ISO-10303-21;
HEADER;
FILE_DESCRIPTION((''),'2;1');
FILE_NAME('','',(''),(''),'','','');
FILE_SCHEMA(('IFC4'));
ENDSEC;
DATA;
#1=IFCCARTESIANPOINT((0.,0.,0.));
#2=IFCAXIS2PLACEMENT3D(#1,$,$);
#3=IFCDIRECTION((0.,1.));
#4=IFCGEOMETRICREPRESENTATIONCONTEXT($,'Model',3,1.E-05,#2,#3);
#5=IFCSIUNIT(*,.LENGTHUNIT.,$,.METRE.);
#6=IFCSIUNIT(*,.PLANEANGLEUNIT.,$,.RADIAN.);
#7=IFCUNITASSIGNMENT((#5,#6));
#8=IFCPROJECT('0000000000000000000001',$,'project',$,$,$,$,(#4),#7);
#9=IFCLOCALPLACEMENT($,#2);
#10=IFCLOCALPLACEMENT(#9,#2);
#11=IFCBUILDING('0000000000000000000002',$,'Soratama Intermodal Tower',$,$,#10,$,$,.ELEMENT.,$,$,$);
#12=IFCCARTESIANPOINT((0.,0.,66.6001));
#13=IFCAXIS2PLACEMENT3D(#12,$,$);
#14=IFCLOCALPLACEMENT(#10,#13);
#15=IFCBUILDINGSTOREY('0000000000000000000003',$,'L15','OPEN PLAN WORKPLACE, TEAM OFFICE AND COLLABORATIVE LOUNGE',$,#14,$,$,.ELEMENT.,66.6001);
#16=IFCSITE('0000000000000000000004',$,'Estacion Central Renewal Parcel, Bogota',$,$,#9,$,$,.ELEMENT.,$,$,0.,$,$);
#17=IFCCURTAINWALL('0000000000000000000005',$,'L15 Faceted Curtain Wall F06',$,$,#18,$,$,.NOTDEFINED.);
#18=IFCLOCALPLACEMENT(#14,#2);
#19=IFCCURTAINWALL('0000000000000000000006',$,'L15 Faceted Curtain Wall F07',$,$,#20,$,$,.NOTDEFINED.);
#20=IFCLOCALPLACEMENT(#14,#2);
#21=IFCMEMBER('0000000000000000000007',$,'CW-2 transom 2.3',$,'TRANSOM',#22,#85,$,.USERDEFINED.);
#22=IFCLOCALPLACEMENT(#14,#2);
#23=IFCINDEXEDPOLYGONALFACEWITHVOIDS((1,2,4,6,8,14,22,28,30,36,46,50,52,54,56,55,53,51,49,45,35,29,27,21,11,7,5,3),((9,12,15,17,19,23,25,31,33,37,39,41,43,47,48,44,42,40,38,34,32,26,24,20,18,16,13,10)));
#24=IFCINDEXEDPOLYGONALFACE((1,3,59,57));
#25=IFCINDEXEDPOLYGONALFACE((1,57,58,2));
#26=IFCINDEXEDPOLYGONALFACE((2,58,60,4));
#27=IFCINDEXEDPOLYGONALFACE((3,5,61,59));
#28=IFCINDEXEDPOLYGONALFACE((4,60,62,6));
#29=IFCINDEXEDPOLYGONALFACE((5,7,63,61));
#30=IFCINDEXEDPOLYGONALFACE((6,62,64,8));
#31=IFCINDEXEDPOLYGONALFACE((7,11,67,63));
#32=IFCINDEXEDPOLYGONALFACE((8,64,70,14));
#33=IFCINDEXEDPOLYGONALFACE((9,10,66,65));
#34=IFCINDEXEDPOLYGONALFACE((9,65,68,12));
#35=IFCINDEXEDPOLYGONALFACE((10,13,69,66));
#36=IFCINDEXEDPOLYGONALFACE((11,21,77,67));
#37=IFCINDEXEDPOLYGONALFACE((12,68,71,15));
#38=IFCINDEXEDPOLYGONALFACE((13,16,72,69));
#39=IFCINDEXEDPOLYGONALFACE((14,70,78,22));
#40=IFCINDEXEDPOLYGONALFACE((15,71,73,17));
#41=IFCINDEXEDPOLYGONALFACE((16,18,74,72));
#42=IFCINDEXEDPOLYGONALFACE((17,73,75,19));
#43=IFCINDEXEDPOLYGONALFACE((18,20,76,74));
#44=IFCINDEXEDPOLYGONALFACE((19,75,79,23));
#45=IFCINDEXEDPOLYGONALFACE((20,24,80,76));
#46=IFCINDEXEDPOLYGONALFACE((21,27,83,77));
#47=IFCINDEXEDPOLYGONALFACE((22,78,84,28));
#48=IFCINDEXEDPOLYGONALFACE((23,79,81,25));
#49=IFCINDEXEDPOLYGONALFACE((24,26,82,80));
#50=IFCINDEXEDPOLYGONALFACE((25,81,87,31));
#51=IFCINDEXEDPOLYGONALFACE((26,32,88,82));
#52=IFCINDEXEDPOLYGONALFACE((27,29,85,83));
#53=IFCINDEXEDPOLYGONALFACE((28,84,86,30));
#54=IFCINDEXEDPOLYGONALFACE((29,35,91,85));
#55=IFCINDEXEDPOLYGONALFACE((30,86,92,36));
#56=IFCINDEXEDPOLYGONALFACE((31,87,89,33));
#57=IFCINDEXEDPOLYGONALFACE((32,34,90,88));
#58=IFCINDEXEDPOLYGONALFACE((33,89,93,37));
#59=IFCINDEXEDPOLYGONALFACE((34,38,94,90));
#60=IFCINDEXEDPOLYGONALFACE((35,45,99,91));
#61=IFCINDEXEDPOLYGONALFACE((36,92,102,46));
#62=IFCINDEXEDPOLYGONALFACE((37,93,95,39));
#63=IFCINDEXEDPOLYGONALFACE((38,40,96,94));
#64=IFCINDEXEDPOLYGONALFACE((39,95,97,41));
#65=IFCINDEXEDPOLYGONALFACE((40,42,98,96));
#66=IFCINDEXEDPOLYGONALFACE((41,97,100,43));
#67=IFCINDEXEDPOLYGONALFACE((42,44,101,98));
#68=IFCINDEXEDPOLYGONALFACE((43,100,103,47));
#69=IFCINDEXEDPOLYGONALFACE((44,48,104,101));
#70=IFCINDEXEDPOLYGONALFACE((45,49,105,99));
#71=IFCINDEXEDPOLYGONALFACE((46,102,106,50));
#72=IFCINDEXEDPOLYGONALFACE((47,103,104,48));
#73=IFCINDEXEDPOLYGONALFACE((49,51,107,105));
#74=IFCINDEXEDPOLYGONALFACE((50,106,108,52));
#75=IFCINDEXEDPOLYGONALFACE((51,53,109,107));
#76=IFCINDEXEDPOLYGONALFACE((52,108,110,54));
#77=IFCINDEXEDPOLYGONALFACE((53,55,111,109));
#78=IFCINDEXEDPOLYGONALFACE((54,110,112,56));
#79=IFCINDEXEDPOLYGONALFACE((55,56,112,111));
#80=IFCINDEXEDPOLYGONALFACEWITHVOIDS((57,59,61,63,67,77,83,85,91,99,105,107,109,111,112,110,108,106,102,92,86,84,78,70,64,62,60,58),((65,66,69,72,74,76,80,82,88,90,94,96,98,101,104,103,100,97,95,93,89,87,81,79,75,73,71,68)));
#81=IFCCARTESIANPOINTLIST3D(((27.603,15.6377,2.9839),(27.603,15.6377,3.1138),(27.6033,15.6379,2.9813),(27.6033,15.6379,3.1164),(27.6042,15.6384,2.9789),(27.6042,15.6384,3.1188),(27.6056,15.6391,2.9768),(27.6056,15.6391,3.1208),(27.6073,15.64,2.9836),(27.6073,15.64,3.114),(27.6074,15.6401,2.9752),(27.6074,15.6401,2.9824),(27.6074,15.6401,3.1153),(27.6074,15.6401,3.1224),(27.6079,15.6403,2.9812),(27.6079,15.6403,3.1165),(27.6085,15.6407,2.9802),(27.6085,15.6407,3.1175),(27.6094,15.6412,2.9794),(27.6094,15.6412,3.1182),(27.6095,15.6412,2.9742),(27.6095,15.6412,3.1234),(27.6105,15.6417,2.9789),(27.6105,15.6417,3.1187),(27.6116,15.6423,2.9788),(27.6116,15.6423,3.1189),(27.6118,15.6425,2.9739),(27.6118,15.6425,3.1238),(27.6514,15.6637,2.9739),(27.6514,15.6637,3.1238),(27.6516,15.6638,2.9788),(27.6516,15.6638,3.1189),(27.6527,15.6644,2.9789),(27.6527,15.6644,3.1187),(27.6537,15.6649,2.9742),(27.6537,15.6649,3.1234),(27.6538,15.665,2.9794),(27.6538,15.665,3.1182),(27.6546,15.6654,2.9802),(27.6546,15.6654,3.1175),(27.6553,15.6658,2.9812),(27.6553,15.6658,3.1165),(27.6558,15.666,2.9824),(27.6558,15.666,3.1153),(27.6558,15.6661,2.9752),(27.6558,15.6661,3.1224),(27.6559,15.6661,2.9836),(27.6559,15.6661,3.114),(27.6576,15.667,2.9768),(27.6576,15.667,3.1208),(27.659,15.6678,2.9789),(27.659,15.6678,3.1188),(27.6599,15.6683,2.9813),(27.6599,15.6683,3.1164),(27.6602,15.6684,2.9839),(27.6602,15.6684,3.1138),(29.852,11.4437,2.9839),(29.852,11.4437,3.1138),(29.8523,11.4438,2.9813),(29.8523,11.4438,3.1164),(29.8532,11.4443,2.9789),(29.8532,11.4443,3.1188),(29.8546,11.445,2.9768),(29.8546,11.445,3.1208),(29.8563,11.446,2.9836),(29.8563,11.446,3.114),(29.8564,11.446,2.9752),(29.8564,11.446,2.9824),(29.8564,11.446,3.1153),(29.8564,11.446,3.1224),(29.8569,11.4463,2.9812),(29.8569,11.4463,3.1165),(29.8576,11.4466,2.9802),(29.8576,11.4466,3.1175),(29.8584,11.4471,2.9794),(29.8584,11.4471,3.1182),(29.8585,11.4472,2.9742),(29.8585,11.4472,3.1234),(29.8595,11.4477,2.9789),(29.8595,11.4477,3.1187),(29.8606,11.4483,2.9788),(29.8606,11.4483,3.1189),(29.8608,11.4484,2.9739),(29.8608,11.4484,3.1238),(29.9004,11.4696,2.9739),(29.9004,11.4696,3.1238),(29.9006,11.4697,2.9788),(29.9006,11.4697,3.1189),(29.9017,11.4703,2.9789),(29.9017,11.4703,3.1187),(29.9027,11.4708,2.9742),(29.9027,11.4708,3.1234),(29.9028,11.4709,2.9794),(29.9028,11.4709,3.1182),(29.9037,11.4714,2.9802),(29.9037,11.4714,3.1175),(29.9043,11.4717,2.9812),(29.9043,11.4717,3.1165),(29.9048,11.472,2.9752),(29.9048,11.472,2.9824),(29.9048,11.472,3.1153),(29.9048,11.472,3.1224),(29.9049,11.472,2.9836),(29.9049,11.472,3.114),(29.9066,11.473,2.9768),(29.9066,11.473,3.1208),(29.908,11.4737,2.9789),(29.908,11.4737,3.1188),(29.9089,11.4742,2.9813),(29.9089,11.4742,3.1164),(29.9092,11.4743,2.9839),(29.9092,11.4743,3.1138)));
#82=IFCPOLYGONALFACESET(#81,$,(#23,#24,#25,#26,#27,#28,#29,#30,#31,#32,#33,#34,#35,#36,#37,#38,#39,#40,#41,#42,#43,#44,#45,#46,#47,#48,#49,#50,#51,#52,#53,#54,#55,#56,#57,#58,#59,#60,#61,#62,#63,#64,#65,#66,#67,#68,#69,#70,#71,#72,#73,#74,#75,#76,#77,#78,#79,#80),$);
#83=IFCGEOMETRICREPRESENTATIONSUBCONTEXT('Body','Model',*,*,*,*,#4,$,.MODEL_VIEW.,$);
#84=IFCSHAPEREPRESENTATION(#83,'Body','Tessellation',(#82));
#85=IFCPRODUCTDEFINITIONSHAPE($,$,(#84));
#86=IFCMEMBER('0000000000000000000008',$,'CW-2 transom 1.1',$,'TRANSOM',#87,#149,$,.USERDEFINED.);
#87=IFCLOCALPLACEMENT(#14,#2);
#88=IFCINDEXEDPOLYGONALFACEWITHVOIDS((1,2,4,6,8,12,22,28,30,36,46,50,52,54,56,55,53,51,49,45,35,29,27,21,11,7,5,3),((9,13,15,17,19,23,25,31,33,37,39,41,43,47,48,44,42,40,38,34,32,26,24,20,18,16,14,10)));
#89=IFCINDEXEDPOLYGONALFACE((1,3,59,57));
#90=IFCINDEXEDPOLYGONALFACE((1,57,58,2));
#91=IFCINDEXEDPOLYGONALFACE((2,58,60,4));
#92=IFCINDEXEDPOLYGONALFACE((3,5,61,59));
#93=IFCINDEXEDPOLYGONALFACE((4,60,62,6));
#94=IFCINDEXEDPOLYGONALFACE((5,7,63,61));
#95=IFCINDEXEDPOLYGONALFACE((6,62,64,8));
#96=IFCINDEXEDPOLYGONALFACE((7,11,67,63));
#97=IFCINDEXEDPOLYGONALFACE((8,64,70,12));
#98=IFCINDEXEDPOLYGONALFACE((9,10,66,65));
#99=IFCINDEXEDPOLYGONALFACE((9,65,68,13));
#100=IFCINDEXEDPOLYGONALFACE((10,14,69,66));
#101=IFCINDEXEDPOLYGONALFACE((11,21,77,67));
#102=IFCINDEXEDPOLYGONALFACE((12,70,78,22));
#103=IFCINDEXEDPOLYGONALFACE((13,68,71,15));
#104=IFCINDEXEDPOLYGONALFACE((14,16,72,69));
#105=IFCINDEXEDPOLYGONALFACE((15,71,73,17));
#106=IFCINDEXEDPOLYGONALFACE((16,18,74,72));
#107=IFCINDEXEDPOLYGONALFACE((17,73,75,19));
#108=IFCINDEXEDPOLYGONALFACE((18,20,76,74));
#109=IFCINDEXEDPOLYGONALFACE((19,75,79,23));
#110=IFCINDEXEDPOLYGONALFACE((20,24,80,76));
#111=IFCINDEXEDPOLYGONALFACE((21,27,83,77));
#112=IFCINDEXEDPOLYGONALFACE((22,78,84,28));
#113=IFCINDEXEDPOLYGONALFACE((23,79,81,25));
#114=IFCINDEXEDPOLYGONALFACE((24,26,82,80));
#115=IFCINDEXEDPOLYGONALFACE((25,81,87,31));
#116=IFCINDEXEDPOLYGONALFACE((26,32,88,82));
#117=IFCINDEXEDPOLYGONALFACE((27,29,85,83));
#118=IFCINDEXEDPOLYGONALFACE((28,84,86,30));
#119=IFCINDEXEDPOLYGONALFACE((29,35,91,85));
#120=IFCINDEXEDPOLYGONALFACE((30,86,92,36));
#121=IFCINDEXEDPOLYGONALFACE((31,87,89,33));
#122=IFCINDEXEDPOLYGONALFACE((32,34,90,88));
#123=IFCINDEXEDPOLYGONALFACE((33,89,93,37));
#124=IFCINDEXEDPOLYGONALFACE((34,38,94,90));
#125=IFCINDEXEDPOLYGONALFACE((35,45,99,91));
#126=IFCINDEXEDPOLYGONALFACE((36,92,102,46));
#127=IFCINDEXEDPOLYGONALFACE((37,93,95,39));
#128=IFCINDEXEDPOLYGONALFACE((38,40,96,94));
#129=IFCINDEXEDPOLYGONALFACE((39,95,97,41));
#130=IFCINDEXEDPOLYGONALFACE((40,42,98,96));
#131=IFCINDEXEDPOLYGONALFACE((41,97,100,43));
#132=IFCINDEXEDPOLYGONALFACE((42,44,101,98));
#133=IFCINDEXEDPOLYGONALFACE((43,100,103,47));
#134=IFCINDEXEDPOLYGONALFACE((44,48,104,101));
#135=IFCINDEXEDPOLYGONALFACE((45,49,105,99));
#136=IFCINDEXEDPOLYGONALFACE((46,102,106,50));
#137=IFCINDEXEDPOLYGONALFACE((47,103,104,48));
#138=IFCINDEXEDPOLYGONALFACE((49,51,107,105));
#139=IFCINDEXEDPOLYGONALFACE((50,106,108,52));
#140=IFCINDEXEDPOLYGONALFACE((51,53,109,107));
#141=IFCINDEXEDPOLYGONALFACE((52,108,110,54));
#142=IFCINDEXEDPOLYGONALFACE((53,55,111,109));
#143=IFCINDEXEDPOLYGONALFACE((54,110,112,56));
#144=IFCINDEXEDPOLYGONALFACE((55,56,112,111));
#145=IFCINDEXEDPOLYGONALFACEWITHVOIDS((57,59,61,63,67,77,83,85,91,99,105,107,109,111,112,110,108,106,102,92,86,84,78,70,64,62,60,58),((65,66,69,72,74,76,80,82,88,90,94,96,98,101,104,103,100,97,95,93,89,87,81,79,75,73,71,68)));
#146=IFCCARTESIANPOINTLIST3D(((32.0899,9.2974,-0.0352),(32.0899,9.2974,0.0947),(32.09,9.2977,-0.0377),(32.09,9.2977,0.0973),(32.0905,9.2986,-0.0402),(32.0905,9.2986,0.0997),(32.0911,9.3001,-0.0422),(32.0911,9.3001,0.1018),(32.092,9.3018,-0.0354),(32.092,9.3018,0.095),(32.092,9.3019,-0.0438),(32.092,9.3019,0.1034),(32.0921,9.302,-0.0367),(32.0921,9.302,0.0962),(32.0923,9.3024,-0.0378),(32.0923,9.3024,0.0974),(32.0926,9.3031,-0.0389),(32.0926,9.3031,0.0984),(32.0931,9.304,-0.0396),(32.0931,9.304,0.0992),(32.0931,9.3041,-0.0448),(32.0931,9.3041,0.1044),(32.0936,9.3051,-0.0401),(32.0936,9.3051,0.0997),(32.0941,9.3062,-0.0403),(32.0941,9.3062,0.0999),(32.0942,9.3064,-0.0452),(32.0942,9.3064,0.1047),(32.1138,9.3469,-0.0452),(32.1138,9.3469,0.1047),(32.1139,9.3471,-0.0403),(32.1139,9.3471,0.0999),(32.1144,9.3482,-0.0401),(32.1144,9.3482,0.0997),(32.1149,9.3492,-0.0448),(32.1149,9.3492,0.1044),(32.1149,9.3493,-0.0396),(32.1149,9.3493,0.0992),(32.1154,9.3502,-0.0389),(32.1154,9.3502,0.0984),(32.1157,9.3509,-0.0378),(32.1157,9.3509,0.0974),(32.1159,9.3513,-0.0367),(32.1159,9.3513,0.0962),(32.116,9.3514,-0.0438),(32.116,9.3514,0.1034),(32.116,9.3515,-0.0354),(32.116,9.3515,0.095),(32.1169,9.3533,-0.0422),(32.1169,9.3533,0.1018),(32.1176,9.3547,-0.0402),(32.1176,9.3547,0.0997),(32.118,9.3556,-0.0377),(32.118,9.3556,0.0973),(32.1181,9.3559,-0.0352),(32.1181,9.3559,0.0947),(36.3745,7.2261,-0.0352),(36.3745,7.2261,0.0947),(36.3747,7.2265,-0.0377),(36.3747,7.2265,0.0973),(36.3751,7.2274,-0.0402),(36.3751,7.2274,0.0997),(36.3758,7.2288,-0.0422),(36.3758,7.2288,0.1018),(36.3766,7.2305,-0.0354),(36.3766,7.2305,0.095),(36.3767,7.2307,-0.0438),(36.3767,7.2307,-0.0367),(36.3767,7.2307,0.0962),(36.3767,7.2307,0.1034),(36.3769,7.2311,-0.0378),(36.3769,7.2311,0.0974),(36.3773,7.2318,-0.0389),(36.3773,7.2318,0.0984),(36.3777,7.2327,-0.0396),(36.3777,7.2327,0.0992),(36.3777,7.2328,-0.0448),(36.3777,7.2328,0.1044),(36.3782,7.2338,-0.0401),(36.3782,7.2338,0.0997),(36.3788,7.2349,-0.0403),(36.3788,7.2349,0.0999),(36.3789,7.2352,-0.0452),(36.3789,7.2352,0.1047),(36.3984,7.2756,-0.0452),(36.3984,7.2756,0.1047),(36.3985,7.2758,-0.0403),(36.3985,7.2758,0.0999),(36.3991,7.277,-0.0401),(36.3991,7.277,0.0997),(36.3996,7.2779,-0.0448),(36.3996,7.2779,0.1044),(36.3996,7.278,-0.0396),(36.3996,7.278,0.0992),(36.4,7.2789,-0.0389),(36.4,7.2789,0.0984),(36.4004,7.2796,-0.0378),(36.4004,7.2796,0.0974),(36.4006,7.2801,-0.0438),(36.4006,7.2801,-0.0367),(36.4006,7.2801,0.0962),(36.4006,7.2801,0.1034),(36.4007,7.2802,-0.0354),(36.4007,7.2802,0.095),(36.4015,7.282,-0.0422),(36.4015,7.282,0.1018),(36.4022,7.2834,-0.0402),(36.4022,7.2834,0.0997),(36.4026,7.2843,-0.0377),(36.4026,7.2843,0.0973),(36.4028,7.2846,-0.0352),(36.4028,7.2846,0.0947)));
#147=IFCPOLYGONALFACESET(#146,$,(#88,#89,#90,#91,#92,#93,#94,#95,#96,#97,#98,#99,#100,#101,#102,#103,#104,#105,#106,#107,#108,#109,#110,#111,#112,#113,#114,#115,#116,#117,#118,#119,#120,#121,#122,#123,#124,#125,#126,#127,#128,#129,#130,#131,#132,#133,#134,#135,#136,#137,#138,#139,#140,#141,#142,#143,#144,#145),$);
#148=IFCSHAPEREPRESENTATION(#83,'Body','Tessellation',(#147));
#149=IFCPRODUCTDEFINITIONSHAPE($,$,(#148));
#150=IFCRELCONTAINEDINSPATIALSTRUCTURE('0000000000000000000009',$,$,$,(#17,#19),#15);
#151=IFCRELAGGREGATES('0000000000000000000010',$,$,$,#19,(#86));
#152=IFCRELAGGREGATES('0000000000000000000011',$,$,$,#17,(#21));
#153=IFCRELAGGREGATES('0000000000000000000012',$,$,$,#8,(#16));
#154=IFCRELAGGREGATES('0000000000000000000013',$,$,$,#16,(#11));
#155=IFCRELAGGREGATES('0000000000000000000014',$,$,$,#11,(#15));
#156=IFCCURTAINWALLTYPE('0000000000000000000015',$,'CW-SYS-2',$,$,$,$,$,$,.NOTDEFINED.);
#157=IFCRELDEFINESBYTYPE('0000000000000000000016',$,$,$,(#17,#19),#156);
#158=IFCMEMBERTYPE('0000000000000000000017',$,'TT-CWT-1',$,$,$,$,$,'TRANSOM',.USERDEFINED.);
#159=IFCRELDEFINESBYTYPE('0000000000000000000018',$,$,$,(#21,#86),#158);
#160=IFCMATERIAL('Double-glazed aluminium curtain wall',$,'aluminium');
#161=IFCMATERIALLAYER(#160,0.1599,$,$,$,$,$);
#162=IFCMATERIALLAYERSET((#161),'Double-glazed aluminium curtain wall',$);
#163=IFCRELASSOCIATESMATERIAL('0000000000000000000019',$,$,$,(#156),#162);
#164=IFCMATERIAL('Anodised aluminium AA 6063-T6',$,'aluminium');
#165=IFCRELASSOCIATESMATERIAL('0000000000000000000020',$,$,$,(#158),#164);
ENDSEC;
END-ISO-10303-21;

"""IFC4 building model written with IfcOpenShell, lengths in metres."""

from ifc_helpers import new_model, si_unit, direction, frame, origin, origin_2d, place, context, subcontext, project, spatial, hollow_rectangle, extrude, material, layer, layer_set, material_profile, profile_set, type_object, element, aggregate, save


model = new_model("IFC4")

# Units and contexts
model_context = context("Model", 3, precision=1e-05, world=origin(), true_north=direction((0.0, 1.0)))
body_context = subcontext(model_context, "Body", "Model", "MODEL_VIEW")
ifc_project = project(units=[si_unit("LENGTHUNIT", "METRE"), si_unit("PLANEANGLEUNIT", "RADIAN")], contexts=[model_context])

# Site, building, storey
site_placement = place(None, origin())
site = spatial("IfcSite", under=ifc_project, at=site_placement, Name="Estacion Central Renewal Parcel, Bogota", CompositionType="ELEMENT", RefElevation=0.0)
building_placement = place(site_placement, origin())
building = spatial("IfcBuilding", under=site, at=building_placement, Name="Soratama Intermodal Tower", CompositionType="ELEMENT")
storey_placement = place(building_placement, frame((0.0, 0.0, 66.6001)))
storey = spatial("IfcBuildingStorey", under=building, at=storey_placement, Name="L15", Description="OPEN PLAN WORKPLACE, TEAM OFFICE AND COLLABORATIVE LOUNGE", CompositionType="ELEMENT", Elevation=66.6001)

# Curtain wall
ifc_material_1 = material(Name="Double-glazed aluminium curtain wall", Category="aluminium")
ifc_layer_1 = layer(ifc_material_1, 0.1599)
ifc_layer_set_1 = layer_set([ifc_layer_1], Name="Double-glazed aluminium curtain wall")
curtain_wall_type = type_object("IfcCurtainWallType", Name="CW-SYS-2", PredefinedType="NOTDEFINED", material=ifc_layer_set_1)
curtain_wall_1_placement = place(storey_placement, origin())
curtain_wall_1 = element("IfcCurtainWall", 1, at=curtain_wall_1_placement, inside=storey, type_object=curtain_wall_type, Name="L15 Faceted Curtain Wall F06", PredefinedType="NOTDEFINED")

# Curtain wall
curtain_wall_2_placement = place(storey_placement, origin())
curtain_wall_2 = element("IfcCurtainWall", 2, at=curtain_wall_2_placement, inside=storey, type_object=curtain_wall_type, Name="L15 Faceted Curtain Wall F07", PredefinedType="NOTDEFINED")

# Members
ifc_material_2 = material(Name="Anodised aluminium AA 6063-T6", Category="aluminium")
ifc_material_profile_1 = material_profile(ifc_material_2, hollow_rectangle(XDim=0.0649, YDim=0.1499, WallThickness=0.0049, InnerFilletRadius=0.0049, OuterFilletRadius=0.01, at=origin_2d()), Name="CWT150X65X5")
ifc_profile_set_1 = profile_set([ifc_material_profile_1], Name="Anodised aluminium AA 6063-T6")
member_type_1 = type_object("IfcMemberType", Name="TT-CWT-1", ElementType="TRANSOM", PredefinedType="USERDEFINED", material=ifc_profile_set_1)
member_1_placement = place(storey_placement, frame((27.6316, 15.6531, 3.0488), z_axis=(0.472579, -0.881288, 0.0), x_axis=(0.881288, 0.472579, 0.0)))
member_1 = element("IfcMember", 3, at=member_1_placement, type_object=member_type_1, Name="CW-2 transom 2.3", ObjectType="TRANSOM", PredefinedType="USERDEFINED", context=body_context, shape_type="SweptSolid", body=[
    extrude(hollow_rectangle(XDim=0.0649, YDim=0.1499, WallThickness=0.0049, InnerFilletRadius=0.0049, OuterFilletRadius=0.01, at=origin_2d()), origin(), (0.0, 0.0, 1.0), 4.759),
])
member_2_placement = place(storey_placement, frame((32.104, 9.3267, 0.0298), z_axis=(0.900319, -0.435231, 0.0), x_axis=(0.435231, 0.900319, 0.0)))
member_2 = element("IfcMember", 4, at=member_2_placement, type_object=member_type_1, Name="CW-2 transom 1.1", ObjectType="TRANSOM", PredefinedType="USERDEFINED", context=body_context, shape_type="SweptSolid", body=[
    extrude(hollow_rectangle(XDim=0.0649, YDim=0.1499, WallThickness=0.0049, InnerFilletRadius=0.0049, OuterFilletRadius=0.01, at=origin_2d()), origin(), (0.0, 0.0, 1.0), 4.759),
])
aggregate(curtain_wall_2, [member_2])

aggregate(curtain_wall_1, [member_1])

save(model, "model.ifc")
